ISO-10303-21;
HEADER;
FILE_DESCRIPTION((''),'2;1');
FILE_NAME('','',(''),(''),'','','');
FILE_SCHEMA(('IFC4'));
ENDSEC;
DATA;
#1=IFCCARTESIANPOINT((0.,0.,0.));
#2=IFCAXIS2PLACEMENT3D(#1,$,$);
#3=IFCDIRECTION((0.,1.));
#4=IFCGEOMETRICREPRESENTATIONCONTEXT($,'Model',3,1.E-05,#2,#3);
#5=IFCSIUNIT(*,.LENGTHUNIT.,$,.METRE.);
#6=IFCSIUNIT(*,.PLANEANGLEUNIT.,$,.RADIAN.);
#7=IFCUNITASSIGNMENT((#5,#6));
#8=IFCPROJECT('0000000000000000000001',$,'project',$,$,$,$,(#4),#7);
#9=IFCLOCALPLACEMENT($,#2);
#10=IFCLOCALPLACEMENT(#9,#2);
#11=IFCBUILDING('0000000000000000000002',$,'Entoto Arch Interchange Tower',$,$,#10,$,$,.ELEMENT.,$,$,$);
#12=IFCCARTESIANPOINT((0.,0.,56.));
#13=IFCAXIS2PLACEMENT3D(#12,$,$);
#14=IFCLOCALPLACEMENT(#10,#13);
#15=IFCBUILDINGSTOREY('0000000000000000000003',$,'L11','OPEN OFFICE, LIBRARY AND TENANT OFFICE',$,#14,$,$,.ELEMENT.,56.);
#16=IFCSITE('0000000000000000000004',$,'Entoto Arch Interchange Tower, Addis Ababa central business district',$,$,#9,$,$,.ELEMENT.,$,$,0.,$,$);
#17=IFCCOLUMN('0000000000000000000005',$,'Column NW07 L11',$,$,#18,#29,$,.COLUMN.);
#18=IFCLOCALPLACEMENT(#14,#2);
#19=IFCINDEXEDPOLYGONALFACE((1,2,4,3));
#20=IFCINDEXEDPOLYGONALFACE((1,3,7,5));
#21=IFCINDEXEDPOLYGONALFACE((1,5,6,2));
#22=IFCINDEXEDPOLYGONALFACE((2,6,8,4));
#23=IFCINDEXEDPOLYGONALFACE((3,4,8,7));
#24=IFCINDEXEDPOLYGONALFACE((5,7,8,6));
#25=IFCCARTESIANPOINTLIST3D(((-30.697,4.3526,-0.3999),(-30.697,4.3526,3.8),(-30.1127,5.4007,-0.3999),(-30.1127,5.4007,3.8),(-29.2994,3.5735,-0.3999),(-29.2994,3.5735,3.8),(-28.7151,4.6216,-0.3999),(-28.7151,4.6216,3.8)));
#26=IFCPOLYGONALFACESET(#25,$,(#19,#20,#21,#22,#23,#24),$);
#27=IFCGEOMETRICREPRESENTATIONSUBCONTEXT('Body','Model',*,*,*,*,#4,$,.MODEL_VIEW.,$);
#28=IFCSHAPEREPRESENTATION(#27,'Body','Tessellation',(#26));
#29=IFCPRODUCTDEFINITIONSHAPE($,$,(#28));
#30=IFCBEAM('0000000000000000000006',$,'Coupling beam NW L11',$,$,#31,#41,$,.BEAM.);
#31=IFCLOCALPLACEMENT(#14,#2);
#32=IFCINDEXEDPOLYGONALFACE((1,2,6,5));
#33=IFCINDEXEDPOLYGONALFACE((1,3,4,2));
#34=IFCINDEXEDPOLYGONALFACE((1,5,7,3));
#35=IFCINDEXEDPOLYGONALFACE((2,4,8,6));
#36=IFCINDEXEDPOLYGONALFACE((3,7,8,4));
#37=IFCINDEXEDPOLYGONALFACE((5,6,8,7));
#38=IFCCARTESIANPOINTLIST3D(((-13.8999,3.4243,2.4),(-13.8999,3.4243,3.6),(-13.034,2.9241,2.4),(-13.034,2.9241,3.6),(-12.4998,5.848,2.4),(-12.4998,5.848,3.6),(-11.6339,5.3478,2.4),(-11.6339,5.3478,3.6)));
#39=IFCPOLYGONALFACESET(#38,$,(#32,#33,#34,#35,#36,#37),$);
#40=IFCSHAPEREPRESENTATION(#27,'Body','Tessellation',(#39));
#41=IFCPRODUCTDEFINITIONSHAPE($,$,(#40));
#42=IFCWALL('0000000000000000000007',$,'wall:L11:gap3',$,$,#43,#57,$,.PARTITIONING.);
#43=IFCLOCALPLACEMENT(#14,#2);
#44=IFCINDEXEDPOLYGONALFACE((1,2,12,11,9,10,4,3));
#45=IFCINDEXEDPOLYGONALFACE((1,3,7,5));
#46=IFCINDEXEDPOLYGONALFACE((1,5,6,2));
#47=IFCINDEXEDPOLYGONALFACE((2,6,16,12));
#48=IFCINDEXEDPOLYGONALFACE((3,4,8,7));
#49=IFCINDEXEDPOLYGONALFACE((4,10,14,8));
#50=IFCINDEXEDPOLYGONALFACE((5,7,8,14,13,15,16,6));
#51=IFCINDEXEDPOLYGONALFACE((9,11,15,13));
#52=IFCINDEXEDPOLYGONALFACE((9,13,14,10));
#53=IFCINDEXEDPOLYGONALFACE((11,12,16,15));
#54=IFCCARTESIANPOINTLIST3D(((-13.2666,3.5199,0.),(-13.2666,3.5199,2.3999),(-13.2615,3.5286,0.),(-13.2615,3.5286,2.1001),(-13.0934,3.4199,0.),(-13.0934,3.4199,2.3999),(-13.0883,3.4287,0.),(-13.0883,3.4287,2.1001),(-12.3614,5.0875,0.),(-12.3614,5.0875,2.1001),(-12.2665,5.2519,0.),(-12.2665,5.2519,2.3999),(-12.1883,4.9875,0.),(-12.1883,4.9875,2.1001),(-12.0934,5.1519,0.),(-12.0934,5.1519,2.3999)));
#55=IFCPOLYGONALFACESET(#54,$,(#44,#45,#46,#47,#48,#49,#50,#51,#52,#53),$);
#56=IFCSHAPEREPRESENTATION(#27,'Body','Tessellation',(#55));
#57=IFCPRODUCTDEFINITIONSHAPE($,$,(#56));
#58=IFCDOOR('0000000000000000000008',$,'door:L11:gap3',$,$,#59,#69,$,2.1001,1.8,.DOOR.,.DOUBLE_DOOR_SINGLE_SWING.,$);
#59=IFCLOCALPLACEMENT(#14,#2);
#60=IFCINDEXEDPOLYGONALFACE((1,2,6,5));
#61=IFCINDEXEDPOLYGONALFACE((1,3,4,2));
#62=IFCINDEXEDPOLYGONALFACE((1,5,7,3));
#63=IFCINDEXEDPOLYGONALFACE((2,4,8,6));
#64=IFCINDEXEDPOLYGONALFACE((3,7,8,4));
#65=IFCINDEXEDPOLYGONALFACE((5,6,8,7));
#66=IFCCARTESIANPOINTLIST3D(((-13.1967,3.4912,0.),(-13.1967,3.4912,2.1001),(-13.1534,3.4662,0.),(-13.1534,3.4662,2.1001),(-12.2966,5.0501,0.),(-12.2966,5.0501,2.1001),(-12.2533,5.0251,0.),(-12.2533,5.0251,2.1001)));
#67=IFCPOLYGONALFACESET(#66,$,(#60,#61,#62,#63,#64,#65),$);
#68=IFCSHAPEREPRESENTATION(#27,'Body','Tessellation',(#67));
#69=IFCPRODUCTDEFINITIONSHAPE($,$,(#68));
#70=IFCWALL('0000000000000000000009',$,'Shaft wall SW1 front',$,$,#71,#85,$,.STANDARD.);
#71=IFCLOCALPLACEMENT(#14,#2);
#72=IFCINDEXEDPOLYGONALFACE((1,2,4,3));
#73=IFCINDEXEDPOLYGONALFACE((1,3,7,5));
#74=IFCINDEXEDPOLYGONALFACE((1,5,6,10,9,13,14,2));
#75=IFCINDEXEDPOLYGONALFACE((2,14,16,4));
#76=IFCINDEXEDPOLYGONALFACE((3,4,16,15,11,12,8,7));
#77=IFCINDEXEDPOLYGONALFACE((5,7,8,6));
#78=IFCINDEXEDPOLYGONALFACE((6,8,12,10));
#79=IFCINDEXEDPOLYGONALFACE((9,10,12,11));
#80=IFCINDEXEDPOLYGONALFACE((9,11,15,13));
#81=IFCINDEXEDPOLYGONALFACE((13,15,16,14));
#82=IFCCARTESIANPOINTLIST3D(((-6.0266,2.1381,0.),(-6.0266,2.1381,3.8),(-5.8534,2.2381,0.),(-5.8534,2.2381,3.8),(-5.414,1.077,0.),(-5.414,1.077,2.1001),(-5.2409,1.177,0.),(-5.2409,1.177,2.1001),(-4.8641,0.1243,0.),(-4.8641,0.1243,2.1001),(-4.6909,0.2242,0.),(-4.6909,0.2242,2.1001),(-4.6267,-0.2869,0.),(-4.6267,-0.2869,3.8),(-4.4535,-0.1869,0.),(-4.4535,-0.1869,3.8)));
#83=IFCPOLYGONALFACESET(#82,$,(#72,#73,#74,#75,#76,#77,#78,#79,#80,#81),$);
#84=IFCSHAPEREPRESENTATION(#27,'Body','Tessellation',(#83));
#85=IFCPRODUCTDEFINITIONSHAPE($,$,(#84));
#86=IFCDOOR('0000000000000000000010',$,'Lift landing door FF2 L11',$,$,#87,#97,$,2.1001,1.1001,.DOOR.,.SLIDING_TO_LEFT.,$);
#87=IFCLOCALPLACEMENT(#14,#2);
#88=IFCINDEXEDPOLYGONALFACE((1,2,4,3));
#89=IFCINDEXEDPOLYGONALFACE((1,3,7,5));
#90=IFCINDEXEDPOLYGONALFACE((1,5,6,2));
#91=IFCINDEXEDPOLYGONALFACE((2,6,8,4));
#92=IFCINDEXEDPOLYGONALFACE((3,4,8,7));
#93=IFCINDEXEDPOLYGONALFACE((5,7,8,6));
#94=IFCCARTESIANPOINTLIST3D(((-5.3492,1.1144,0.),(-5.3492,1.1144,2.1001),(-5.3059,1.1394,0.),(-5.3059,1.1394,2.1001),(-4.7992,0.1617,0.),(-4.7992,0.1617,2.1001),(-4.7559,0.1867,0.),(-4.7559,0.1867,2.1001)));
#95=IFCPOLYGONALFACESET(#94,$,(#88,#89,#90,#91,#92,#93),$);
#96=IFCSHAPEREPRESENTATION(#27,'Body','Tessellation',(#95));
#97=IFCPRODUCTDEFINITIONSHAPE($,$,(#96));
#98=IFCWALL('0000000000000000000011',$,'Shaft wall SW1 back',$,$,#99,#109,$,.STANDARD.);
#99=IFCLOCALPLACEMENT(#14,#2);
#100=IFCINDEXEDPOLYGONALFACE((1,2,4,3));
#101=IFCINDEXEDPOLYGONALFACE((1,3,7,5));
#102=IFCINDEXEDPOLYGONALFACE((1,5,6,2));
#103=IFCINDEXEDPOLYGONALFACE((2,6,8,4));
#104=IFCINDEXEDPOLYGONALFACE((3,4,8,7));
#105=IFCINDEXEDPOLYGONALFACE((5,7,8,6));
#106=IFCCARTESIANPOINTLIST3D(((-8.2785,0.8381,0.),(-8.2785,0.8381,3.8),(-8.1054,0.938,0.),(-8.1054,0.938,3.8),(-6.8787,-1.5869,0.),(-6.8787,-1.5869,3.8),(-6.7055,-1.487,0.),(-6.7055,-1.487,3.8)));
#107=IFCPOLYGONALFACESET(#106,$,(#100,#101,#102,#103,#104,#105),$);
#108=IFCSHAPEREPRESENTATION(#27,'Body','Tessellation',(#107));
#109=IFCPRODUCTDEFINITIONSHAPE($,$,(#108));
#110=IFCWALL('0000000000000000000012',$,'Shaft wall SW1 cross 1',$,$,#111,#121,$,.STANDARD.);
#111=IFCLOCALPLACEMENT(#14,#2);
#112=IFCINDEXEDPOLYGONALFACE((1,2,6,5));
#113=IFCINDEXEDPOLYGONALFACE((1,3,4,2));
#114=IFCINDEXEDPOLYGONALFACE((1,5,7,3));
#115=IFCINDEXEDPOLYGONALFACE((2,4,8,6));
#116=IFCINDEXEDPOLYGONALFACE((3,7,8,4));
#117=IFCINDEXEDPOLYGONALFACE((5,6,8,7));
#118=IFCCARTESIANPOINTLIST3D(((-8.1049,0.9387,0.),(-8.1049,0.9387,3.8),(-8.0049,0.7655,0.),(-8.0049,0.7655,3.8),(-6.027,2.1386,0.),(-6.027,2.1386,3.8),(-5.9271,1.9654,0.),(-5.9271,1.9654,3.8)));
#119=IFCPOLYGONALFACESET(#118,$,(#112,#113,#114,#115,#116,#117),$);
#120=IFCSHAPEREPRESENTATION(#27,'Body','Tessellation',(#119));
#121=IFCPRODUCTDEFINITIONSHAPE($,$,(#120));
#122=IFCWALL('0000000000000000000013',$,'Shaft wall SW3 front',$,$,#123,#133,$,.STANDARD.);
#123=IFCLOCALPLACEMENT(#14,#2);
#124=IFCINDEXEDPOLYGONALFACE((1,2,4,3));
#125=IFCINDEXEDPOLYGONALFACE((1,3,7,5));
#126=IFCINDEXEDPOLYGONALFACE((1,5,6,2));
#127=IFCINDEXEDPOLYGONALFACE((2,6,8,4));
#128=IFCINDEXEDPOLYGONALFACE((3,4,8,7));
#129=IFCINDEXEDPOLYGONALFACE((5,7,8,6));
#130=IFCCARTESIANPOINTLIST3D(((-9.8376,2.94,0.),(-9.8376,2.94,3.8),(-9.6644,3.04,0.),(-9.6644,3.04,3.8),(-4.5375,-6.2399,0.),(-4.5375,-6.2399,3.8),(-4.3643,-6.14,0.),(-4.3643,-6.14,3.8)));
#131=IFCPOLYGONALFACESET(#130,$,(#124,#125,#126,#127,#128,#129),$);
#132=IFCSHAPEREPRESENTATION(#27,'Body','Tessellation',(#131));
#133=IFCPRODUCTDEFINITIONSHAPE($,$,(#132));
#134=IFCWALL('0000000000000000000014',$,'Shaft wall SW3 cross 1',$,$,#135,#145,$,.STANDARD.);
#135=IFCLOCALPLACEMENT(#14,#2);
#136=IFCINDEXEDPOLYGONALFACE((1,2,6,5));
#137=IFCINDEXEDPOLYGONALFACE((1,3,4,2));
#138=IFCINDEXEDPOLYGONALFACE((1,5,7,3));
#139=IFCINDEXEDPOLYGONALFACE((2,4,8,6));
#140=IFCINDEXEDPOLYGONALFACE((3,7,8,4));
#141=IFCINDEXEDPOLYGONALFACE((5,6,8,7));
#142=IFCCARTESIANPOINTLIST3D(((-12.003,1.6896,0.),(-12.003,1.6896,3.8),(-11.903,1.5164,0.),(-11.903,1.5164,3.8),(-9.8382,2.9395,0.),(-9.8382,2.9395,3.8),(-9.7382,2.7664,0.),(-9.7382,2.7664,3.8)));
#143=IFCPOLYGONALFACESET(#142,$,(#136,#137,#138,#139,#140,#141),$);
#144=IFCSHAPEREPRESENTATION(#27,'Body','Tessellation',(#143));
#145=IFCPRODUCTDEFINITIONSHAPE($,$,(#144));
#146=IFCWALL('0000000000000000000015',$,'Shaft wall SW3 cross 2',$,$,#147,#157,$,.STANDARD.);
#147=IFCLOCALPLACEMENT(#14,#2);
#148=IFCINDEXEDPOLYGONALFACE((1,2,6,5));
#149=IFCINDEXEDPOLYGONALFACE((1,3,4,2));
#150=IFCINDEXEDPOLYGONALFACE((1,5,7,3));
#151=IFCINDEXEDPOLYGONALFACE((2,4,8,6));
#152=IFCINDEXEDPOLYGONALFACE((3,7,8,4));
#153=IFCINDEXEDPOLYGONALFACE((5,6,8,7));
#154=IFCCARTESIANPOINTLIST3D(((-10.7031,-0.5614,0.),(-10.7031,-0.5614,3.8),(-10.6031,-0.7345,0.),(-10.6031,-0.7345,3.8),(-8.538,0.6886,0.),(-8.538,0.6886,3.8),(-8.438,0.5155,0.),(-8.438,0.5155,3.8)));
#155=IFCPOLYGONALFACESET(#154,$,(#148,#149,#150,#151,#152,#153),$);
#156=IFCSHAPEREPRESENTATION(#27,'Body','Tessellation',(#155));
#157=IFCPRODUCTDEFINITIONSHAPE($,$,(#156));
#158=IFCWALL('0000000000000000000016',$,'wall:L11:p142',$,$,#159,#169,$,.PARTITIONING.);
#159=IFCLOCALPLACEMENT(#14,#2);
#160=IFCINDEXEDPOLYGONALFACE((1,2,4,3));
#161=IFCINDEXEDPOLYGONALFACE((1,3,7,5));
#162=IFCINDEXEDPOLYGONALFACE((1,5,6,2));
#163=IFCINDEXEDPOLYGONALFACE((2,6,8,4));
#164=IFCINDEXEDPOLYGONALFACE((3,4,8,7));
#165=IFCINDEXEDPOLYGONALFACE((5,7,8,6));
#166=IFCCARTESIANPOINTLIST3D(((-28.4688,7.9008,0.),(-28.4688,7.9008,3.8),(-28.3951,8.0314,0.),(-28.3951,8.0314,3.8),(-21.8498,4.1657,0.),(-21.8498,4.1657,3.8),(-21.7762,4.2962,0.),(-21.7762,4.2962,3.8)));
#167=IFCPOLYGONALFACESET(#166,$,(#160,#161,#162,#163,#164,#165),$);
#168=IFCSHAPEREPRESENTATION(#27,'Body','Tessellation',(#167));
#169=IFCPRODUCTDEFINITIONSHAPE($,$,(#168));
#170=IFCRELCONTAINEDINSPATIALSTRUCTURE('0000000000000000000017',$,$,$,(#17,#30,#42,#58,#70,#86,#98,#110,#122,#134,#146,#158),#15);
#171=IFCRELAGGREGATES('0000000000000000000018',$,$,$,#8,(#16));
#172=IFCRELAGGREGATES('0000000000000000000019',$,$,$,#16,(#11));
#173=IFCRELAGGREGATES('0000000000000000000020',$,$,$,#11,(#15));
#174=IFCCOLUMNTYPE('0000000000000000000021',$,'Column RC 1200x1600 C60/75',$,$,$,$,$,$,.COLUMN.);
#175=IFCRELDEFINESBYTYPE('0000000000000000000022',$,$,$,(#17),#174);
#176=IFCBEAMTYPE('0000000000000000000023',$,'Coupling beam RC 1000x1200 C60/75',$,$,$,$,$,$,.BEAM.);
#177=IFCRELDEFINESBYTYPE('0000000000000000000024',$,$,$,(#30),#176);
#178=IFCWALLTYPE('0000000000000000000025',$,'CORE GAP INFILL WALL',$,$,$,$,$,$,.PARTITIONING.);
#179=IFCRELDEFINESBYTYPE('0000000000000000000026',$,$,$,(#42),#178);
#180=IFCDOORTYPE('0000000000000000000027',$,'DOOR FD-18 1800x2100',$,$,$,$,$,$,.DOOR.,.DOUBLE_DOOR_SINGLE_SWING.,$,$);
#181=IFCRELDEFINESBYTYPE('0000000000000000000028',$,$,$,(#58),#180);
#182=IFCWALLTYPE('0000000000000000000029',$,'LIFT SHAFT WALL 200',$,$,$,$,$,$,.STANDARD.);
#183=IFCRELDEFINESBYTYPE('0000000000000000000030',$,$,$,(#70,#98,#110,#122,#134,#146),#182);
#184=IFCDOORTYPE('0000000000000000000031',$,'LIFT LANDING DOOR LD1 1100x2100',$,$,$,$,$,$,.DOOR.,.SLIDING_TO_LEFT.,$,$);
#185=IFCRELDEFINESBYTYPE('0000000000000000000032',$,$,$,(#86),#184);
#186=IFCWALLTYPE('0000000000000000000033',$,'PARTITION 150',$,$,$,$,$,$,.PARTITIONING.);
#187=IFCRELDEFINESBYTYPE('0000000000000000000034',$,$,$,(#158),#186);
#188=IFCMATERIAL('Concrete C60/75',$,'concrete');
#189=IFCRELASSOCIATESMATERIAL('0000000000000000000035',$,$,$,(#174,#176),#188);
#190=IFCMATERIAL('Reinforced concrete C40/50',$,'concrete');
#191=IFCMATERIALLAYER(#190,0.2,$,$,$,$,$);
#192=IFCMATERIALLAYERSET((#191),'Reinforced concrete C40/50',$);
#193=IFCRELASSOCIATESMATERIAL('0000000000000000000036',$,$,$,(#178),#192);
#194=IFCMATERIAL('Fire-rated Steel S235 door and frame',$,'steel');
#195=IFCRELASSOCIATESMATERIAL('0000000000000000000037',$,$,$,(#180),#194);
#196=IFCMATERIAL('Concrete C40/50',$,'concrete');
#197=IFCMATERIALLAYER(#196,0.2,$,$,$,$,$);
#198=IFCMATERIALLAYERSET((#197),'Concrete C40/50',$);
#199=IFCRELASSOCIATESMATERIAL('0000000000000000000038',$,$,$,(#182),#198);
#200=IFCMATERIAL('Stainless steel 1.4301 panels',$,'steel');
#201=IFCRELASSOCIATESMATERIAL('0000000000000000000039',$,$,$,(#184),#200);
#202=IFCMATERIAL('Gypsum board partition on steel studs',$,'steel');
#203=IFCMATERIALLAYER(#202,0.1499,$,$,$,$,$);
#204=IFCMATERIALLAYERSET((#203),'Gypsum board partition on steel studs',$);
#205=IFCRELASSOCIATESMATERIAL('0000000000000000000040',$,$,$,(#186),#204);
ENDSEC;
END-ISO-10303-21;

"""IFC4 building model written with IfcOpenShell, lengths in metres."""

from ifc_helpers import new_model, si_unit, direction, frame, frame_2d, origin, origin_2d, place, context, subcontext, project, spatial, rectangle, extrude, material, layer, layer_set, material_profile, profile_set, type_object, element, fill, save


model = new_model("IFC4")

# Units and contexts
model_context = context("Model", 3, precision=1e-05, world=origin(), true_north=direction((0.0, 1.0)))
body_context = subcontext(model_context, "Body", "Model", "MODEL_VIEW")
ifc_project = project(units=[si_unit("LENGTHUNIT", "METRE"), si_unit("PLANEANGLEUNIT", "RADIAN")], contexts=[model_context])

# Site, building, storey
site_placement = place(None, origin())
site = spatial("IfcSite", under=ifc_project, at=site_placement, Name="Entoto Arch Interchange Tower, Addis Ababa central business district", CompositionType="ELEMENT", RefElevation=0.0)
building_placement = place(site_placement, origin())
building = spatial("IfcBuilding", under=site, at=building_placement, Name="Entoto Arch Interchange Tower", CompositionType="ELEMENT")
storey_placement = place(building_placement, frame((0.0, 0.0, 56.0)))
storey = spatial("IfcBuildingStorey", under=building, at=storey_placement, Name="L11", Description="OPEN OFFICE, LIBRARY AND TENANT OFFICE", CompositionType="ELEMENT", Elevation=56.0)

# Column
ifc_material_1 = material(Name="Concrete C60/75", Category="concrete")
ifc_material_profile_1 = material_profile(ifc_material_1, rectangle(XDim=1.2, YDim=1.6001, at=origin_2d()))
ifc_profile_set_1 = profile_set([ifc_material_profile_1], Name="Concrete C60/75")
column_type = type_object("IfcColumnType", Name="Column RC 1200x1600 C60/75", PredefinedType="COLUMN", material=ifc_profile_set_1)
column_placement = place(storey_placement, frame((-29.7061, 4.4871, -0.3999), z_axis=(0.0, 0.0, 1.0), x_axis=(0.486915, 0.873449, 0.0)))
element("IfcColumn", 1, at=column_placement, inside=storey, type_object=column_type, Name="Column NW07 L11", PredefinedType="COLUMN", context=body_context, shape_type="SweptSolid", body=[
    extrude(rectangle(XDim=1.2, YDim=1.6001, at=origin_2d()), origin(), (0.0, 0.0, 1.0), 4.2),
])

# Beam
ifc_material_profile_2 = material_profile(ifc_material_1, rectangle(XDim=1.0, YDim=1.2, at=origin_2d()))
ifc_profile_set_2 = profile_set([ifc_material_profile_2], Name="Concrete C60/75")
beam_type = type_object("IfcBeamType", Name="Coupling beam RC 1000x1200 C60/75", PredefinedType="BEAM", material=ifc_profile_set_2)
beam_placement = place(storey_placement, frame((-12.0669, 5.5979, 3.0), z_axis=(-0.500201, -0.86591, 0.0), x_axis=(0.86591, -0.500201, 0.0)))
element("IfcBeam", 2, at=beam_placement, inside=storey, type_object=beam_type, Name="Coupling beam NW L11", PredefinedType="BEAM", context=body_context, shape_type="SweptSolid", body=[
    extrude(rectangle(XDim=1.0, YDim=1.2, at=origin_2d()), origin(), (0.0, 0.0, 1.0), 2.7991),
])

# Walls, openings, doors
ifc_material_2 = material(Name="Reinforced concrete C40/50", Category="concrete")
ifc_layer_1 = layer(ifc_material_2, 0.2)
ifc_layer_set_1 = layer_set([ifc_layer_1], Name="Reinforced concrete C40/50")
wall_type_1 = type_object("IfcWallType", Name="CORE GAP INFILL WALL", PredefinedType="PARTITIONING", material=ifc_layer_set_1)
wall_1_placement = place(storey_placement, frame((-12.1799, 5.2019, 0.0), z_axis=(0.0, 0.0, 1.0), x_axis=(-0.500025, -0.866011, 0.0)))
wall_1 = element("IfcWall", 3, at=wall_1_placement, inside=storey, type_object=wall_type_1, Name="wall:L11:gap3", PredefinedType="PARTITIONING", context=body_context, shape_type="SweptSolid", body=[
    extrude(rectangle(XDim=2.0, YDim=0.2, at=frame_2d((1.0, 0.0))), origin(), (0.0, 0.0, 1.0), 2.3999),
])
opening_1_placement = place(wall_1_placement, frame((0.1899, 0.0, 0.0)))
opening_1 = element("IfcOpeningElement", 4, at=opening_1_placement, cuts=wall_1, PredefinedType="OPENING", context=body_context, shape_type="SweptSolid", body=[
    extrude(rectangle(XDim=1.8, YDim=2.1001, at=frame_2d((0.8999, 1.05))), frame((0.0, 0.1099, 0.0), z_axis=(0.0, -1.0, 0.0), x_axis=(1.0, 0.0, 0.0)), (0.0, 0.0, 1.0), 0.22),
])
ifc_material_3 = material(Name="Fire-rated Steel S235 door and frame", Category="steel")
door_type_1 = type_object("IfcDoorType", Name="DOOR FD-18 1800x2100", OperationType="DOUBLE_DOOR_SINGLE_SWING", PredefinedType="DOOR", material=ifc_material_3)
door_1_placement = place(opening_1_placement, origin())
door_1 = element("IfcDoor", 5, at=door_1_placement, inside=storey, type_object=door_type_1, Name="door:L11:gap3", OperationType="DOUBLE_DOOR_SINGLE_SWING", OverallHeight=2.1001, OverallWidth=1.8, PredefinedType="DOOR", context=body_context, shape_type="SweptSolid", body=[
    extrude(rectangle(XDim=1.8, YDim=2.1001, at=frame_2d((0.8999, 1.05))), frame((0.0, 0.0249, 0.0), z_axis=(0.0, -1.0, 0.0), x_axis=(1.0, 0.0, 0.0)), (0.0, 0.0, 1.0), 0.05),
])
fill(opening_1, door_1)
ifc_material_4 = material(Name="Concrete C40/50", Category="concrete")
ifc_layer_2 = layer(ifc_material_4, 0.2)
ifc_layer_set_2 = layer_set([ifc_layer_2], Name="Concrete C40/50")
wall_type_2 = type_object("IfcWallType", Name="LIFT SHAFT WALL 200", PredefinedType="STANDARD", material=ifc_layer_set_2)
wall_2_placement = place(storey_placement, frame((-5.9399, 2.188, 0.0), z_axis=(0.0, 0.0, 1.0), x_axis=(0.499946, -0.866056, 0.0)))
wall_2 = element("IfcWall", 6, at=wall_2_placement, inside=storey, type_object=wall_type_2, Name="Shaft wall SW1 front", PredefinedType="STANDARD", context=body_context, shape_type="SweptSolid", body=[
    extrude(rectangle(XDim=2.8, YDim=0.2, at=frame_2d((1.3999, 0.0))), origin(), (0.0, 0.0, 1.0), 3.8),
])
opening_2_placement = place(wall_2_placement, frame((1.2251, 0.0, 0.0)))
opening_2 = element("IfcOpeningElement", 7, at=opening_2_placement, cuts=wall_2, PredefinedType="OPENING", context=body_context, shape_type="SweptSolid", body=[
    extrude(rectangle(XDim=1.1001, YDim=2.1001, at=frame_2d((0.55, 1.05))), frame((0.0, 0.1099, 0.0), z_axis=(0.0, -1.0, 0.0), x_axis=(1.0, 0.0, 0.0)), (0.0, 0.0, 1.0), 0.22),
])
ifc_material_5 = material(Name="Stainless steel 1.4301 panels", Category="steel")
door_type_2 = type_object("IfcDoorType", Name="LIFT LANDING DOOR LD1 1100x2100", OperationType="SLIDING_TO_LEFT", PredefinedType="DOOR", material=ifc_material_5)
door_2_placement = place(opening_2_placement, origin())
door_2 = element("IfcDoor", 8, at=door_2_placement, inside=storey, type_object=door_type_2, Name="Lift landing door FF2 L11", OperationType="SLIDING_TO_LEFT", OverallHeight=2.1001, OverallWidth=1.1001, PredefinedType="DOOR", context=body_context, shape_type="SweptSolid", body=[
    extrude(rectangle(XDim=1.1001, YDim=2.1001, at=frame_2d((0.55, 1.05))), frame((0.0, 0.0249, 0.0), z_axis=(0.0, -1.0, 0.0), x_axis=(1.0, 0.0, 0.0)), (0.0, 0.0, 1.0), 0.05),
])
fill(opening_2, door_2)

# Walls
wall_3_placement = place(storey_placement, frame((-8.1919, 0.8879, 0.0), z_axis=(0.0, 0.0, 1.0), x_axis=(0.499946, -0.866056, 0.0)))
element("IfcWall", 9, at=wall_3_placement, inside=storey, type_object=wall_type_2, Name="Shaft wall SW1 back", PredefinedType="STANDARD", context=body_context, shape_type="SweptSolid", body=[
    extrude(rectangle(XDim=2.8, YDim=0.2, at=frame_2d((1.3999, 0.0))), origin(), (0.0, 0.0, 1.0), 3.8),
])
wall_4_placement = place(storey_placement, frame((-5.9771, 2.052, 0.0), z_axis=(0.0, 0.0, 1.0), x_axis=(-0.865974, -0.500089, 0.0)))
element("IfcWall", 10, at=wall_4_placement, inside=storey, type_object=wall_type_2, Name="Shaft wall SW1 cross 1", PredefinedType="STANDARD", context=body_context, shape_type="SweptSolid", body=[
    extrude(rectangle(XDim=2.3994, YDim=0.2, at=frame_2d((1.1997, 0.0))), origin(), (0.0, 0.0, 1.0), 3.8),
])
wall_5_placement = place(storey_placement, frame((-9.751, 2.99, 0.0), z_axis=(0.0, 0.0, 1.0), x_axis=(0.500001, -0.866025, 0.0)))
element("IfcWall", 11, at=wall_5_placement, inside=storey, type_object=wall_type_2, Name="Shaft wall SW3 front", PredefinedType="STANDARD", context=body_context, shape_type="SweptSolid", body=[
    extrude(rectangle(XDim=10.6001, YDim=0.2, at=frame_2d((5.3, 0.0))), origin(), (0.0, 0.0, 1.0), 3.8),
])
wall_6_placement = place(storey_placement, frame((-9.7881, 2.853, 0.0), z_axis=(0.0, 0.0, 1.0), x_axis=(-0.865999, -0.500047, 0.0)))
element("IfcWall", 12, at=wall_6_placement, inside=storey, type_object=wall_type_2, Name="Shaft wall SW3 cross 1", PredefinedType="STANDARD", context=body_context, shape_type="SweptSolid", body=[
    extrude(rectangle(XDim=2.4998, YDim=0.2, at=frame_2d((1.25, 0.0))), origin(), (0.0, 0.0, 1.0), 3.8),
])
wall_7_placement = place(storey_placement, frame((-8.488, 0.6021, 0.0), z_axis=(0.0, 0.0, 1.0), x_axis=(-0.866023, -0.500004, 0.0)))
element("IfcWall", 13, at=wall_7_placement, inside=storey, type_object=wall_type_2, Name="Shaft wall SW3 cross 2", PredefinedType="STANDARD", context=body_context, shape_type="SweptSolid", body=[
    extrude(rectangle(XDim=2.5, YDim=0.2, at=frame_2d((1.25, 0.0))), origin(), (0.0, 0.0, 1.0), 3.8),
])
ifc_material_6 = material(Name="Gypsum board partition on steel studs", Category="steel")
ifc_layer_3 = layer(ifc_material_6, 0.1499)
ifc_layer_set_3 = layer_set([ifc_layer_3], Name="Gypsum board partition on steel studs")
wall_type_3 = type_object("IfcWallType", Name="PARTITION 150", PredefinedType="PARTITIONING", material=ifc_layer_set_3)
wall_8_placement = place(storey_placement, frame((-21.813, 4.231, 0.0), z_axis=(0.0, 0.0, 1.0), x_axis=(-0.870901, 0.491458, 0.0)))
element("IfcWall", 14, at=wall_8_placement, inside=storey, type_object=wall_type_3, Name="wall:L11:p142", PredefinedType="PARTITIONING", context=body_context, shape_type="SweptSolid", body=[
    extrude(rectangle(XDim=7.6001, YDim=0.1499, at=frame_2d((3.8, 0.0))), origin(), (0.0, 0.0, 1.0), 3.8),
])

save(model, "model.ifc")
